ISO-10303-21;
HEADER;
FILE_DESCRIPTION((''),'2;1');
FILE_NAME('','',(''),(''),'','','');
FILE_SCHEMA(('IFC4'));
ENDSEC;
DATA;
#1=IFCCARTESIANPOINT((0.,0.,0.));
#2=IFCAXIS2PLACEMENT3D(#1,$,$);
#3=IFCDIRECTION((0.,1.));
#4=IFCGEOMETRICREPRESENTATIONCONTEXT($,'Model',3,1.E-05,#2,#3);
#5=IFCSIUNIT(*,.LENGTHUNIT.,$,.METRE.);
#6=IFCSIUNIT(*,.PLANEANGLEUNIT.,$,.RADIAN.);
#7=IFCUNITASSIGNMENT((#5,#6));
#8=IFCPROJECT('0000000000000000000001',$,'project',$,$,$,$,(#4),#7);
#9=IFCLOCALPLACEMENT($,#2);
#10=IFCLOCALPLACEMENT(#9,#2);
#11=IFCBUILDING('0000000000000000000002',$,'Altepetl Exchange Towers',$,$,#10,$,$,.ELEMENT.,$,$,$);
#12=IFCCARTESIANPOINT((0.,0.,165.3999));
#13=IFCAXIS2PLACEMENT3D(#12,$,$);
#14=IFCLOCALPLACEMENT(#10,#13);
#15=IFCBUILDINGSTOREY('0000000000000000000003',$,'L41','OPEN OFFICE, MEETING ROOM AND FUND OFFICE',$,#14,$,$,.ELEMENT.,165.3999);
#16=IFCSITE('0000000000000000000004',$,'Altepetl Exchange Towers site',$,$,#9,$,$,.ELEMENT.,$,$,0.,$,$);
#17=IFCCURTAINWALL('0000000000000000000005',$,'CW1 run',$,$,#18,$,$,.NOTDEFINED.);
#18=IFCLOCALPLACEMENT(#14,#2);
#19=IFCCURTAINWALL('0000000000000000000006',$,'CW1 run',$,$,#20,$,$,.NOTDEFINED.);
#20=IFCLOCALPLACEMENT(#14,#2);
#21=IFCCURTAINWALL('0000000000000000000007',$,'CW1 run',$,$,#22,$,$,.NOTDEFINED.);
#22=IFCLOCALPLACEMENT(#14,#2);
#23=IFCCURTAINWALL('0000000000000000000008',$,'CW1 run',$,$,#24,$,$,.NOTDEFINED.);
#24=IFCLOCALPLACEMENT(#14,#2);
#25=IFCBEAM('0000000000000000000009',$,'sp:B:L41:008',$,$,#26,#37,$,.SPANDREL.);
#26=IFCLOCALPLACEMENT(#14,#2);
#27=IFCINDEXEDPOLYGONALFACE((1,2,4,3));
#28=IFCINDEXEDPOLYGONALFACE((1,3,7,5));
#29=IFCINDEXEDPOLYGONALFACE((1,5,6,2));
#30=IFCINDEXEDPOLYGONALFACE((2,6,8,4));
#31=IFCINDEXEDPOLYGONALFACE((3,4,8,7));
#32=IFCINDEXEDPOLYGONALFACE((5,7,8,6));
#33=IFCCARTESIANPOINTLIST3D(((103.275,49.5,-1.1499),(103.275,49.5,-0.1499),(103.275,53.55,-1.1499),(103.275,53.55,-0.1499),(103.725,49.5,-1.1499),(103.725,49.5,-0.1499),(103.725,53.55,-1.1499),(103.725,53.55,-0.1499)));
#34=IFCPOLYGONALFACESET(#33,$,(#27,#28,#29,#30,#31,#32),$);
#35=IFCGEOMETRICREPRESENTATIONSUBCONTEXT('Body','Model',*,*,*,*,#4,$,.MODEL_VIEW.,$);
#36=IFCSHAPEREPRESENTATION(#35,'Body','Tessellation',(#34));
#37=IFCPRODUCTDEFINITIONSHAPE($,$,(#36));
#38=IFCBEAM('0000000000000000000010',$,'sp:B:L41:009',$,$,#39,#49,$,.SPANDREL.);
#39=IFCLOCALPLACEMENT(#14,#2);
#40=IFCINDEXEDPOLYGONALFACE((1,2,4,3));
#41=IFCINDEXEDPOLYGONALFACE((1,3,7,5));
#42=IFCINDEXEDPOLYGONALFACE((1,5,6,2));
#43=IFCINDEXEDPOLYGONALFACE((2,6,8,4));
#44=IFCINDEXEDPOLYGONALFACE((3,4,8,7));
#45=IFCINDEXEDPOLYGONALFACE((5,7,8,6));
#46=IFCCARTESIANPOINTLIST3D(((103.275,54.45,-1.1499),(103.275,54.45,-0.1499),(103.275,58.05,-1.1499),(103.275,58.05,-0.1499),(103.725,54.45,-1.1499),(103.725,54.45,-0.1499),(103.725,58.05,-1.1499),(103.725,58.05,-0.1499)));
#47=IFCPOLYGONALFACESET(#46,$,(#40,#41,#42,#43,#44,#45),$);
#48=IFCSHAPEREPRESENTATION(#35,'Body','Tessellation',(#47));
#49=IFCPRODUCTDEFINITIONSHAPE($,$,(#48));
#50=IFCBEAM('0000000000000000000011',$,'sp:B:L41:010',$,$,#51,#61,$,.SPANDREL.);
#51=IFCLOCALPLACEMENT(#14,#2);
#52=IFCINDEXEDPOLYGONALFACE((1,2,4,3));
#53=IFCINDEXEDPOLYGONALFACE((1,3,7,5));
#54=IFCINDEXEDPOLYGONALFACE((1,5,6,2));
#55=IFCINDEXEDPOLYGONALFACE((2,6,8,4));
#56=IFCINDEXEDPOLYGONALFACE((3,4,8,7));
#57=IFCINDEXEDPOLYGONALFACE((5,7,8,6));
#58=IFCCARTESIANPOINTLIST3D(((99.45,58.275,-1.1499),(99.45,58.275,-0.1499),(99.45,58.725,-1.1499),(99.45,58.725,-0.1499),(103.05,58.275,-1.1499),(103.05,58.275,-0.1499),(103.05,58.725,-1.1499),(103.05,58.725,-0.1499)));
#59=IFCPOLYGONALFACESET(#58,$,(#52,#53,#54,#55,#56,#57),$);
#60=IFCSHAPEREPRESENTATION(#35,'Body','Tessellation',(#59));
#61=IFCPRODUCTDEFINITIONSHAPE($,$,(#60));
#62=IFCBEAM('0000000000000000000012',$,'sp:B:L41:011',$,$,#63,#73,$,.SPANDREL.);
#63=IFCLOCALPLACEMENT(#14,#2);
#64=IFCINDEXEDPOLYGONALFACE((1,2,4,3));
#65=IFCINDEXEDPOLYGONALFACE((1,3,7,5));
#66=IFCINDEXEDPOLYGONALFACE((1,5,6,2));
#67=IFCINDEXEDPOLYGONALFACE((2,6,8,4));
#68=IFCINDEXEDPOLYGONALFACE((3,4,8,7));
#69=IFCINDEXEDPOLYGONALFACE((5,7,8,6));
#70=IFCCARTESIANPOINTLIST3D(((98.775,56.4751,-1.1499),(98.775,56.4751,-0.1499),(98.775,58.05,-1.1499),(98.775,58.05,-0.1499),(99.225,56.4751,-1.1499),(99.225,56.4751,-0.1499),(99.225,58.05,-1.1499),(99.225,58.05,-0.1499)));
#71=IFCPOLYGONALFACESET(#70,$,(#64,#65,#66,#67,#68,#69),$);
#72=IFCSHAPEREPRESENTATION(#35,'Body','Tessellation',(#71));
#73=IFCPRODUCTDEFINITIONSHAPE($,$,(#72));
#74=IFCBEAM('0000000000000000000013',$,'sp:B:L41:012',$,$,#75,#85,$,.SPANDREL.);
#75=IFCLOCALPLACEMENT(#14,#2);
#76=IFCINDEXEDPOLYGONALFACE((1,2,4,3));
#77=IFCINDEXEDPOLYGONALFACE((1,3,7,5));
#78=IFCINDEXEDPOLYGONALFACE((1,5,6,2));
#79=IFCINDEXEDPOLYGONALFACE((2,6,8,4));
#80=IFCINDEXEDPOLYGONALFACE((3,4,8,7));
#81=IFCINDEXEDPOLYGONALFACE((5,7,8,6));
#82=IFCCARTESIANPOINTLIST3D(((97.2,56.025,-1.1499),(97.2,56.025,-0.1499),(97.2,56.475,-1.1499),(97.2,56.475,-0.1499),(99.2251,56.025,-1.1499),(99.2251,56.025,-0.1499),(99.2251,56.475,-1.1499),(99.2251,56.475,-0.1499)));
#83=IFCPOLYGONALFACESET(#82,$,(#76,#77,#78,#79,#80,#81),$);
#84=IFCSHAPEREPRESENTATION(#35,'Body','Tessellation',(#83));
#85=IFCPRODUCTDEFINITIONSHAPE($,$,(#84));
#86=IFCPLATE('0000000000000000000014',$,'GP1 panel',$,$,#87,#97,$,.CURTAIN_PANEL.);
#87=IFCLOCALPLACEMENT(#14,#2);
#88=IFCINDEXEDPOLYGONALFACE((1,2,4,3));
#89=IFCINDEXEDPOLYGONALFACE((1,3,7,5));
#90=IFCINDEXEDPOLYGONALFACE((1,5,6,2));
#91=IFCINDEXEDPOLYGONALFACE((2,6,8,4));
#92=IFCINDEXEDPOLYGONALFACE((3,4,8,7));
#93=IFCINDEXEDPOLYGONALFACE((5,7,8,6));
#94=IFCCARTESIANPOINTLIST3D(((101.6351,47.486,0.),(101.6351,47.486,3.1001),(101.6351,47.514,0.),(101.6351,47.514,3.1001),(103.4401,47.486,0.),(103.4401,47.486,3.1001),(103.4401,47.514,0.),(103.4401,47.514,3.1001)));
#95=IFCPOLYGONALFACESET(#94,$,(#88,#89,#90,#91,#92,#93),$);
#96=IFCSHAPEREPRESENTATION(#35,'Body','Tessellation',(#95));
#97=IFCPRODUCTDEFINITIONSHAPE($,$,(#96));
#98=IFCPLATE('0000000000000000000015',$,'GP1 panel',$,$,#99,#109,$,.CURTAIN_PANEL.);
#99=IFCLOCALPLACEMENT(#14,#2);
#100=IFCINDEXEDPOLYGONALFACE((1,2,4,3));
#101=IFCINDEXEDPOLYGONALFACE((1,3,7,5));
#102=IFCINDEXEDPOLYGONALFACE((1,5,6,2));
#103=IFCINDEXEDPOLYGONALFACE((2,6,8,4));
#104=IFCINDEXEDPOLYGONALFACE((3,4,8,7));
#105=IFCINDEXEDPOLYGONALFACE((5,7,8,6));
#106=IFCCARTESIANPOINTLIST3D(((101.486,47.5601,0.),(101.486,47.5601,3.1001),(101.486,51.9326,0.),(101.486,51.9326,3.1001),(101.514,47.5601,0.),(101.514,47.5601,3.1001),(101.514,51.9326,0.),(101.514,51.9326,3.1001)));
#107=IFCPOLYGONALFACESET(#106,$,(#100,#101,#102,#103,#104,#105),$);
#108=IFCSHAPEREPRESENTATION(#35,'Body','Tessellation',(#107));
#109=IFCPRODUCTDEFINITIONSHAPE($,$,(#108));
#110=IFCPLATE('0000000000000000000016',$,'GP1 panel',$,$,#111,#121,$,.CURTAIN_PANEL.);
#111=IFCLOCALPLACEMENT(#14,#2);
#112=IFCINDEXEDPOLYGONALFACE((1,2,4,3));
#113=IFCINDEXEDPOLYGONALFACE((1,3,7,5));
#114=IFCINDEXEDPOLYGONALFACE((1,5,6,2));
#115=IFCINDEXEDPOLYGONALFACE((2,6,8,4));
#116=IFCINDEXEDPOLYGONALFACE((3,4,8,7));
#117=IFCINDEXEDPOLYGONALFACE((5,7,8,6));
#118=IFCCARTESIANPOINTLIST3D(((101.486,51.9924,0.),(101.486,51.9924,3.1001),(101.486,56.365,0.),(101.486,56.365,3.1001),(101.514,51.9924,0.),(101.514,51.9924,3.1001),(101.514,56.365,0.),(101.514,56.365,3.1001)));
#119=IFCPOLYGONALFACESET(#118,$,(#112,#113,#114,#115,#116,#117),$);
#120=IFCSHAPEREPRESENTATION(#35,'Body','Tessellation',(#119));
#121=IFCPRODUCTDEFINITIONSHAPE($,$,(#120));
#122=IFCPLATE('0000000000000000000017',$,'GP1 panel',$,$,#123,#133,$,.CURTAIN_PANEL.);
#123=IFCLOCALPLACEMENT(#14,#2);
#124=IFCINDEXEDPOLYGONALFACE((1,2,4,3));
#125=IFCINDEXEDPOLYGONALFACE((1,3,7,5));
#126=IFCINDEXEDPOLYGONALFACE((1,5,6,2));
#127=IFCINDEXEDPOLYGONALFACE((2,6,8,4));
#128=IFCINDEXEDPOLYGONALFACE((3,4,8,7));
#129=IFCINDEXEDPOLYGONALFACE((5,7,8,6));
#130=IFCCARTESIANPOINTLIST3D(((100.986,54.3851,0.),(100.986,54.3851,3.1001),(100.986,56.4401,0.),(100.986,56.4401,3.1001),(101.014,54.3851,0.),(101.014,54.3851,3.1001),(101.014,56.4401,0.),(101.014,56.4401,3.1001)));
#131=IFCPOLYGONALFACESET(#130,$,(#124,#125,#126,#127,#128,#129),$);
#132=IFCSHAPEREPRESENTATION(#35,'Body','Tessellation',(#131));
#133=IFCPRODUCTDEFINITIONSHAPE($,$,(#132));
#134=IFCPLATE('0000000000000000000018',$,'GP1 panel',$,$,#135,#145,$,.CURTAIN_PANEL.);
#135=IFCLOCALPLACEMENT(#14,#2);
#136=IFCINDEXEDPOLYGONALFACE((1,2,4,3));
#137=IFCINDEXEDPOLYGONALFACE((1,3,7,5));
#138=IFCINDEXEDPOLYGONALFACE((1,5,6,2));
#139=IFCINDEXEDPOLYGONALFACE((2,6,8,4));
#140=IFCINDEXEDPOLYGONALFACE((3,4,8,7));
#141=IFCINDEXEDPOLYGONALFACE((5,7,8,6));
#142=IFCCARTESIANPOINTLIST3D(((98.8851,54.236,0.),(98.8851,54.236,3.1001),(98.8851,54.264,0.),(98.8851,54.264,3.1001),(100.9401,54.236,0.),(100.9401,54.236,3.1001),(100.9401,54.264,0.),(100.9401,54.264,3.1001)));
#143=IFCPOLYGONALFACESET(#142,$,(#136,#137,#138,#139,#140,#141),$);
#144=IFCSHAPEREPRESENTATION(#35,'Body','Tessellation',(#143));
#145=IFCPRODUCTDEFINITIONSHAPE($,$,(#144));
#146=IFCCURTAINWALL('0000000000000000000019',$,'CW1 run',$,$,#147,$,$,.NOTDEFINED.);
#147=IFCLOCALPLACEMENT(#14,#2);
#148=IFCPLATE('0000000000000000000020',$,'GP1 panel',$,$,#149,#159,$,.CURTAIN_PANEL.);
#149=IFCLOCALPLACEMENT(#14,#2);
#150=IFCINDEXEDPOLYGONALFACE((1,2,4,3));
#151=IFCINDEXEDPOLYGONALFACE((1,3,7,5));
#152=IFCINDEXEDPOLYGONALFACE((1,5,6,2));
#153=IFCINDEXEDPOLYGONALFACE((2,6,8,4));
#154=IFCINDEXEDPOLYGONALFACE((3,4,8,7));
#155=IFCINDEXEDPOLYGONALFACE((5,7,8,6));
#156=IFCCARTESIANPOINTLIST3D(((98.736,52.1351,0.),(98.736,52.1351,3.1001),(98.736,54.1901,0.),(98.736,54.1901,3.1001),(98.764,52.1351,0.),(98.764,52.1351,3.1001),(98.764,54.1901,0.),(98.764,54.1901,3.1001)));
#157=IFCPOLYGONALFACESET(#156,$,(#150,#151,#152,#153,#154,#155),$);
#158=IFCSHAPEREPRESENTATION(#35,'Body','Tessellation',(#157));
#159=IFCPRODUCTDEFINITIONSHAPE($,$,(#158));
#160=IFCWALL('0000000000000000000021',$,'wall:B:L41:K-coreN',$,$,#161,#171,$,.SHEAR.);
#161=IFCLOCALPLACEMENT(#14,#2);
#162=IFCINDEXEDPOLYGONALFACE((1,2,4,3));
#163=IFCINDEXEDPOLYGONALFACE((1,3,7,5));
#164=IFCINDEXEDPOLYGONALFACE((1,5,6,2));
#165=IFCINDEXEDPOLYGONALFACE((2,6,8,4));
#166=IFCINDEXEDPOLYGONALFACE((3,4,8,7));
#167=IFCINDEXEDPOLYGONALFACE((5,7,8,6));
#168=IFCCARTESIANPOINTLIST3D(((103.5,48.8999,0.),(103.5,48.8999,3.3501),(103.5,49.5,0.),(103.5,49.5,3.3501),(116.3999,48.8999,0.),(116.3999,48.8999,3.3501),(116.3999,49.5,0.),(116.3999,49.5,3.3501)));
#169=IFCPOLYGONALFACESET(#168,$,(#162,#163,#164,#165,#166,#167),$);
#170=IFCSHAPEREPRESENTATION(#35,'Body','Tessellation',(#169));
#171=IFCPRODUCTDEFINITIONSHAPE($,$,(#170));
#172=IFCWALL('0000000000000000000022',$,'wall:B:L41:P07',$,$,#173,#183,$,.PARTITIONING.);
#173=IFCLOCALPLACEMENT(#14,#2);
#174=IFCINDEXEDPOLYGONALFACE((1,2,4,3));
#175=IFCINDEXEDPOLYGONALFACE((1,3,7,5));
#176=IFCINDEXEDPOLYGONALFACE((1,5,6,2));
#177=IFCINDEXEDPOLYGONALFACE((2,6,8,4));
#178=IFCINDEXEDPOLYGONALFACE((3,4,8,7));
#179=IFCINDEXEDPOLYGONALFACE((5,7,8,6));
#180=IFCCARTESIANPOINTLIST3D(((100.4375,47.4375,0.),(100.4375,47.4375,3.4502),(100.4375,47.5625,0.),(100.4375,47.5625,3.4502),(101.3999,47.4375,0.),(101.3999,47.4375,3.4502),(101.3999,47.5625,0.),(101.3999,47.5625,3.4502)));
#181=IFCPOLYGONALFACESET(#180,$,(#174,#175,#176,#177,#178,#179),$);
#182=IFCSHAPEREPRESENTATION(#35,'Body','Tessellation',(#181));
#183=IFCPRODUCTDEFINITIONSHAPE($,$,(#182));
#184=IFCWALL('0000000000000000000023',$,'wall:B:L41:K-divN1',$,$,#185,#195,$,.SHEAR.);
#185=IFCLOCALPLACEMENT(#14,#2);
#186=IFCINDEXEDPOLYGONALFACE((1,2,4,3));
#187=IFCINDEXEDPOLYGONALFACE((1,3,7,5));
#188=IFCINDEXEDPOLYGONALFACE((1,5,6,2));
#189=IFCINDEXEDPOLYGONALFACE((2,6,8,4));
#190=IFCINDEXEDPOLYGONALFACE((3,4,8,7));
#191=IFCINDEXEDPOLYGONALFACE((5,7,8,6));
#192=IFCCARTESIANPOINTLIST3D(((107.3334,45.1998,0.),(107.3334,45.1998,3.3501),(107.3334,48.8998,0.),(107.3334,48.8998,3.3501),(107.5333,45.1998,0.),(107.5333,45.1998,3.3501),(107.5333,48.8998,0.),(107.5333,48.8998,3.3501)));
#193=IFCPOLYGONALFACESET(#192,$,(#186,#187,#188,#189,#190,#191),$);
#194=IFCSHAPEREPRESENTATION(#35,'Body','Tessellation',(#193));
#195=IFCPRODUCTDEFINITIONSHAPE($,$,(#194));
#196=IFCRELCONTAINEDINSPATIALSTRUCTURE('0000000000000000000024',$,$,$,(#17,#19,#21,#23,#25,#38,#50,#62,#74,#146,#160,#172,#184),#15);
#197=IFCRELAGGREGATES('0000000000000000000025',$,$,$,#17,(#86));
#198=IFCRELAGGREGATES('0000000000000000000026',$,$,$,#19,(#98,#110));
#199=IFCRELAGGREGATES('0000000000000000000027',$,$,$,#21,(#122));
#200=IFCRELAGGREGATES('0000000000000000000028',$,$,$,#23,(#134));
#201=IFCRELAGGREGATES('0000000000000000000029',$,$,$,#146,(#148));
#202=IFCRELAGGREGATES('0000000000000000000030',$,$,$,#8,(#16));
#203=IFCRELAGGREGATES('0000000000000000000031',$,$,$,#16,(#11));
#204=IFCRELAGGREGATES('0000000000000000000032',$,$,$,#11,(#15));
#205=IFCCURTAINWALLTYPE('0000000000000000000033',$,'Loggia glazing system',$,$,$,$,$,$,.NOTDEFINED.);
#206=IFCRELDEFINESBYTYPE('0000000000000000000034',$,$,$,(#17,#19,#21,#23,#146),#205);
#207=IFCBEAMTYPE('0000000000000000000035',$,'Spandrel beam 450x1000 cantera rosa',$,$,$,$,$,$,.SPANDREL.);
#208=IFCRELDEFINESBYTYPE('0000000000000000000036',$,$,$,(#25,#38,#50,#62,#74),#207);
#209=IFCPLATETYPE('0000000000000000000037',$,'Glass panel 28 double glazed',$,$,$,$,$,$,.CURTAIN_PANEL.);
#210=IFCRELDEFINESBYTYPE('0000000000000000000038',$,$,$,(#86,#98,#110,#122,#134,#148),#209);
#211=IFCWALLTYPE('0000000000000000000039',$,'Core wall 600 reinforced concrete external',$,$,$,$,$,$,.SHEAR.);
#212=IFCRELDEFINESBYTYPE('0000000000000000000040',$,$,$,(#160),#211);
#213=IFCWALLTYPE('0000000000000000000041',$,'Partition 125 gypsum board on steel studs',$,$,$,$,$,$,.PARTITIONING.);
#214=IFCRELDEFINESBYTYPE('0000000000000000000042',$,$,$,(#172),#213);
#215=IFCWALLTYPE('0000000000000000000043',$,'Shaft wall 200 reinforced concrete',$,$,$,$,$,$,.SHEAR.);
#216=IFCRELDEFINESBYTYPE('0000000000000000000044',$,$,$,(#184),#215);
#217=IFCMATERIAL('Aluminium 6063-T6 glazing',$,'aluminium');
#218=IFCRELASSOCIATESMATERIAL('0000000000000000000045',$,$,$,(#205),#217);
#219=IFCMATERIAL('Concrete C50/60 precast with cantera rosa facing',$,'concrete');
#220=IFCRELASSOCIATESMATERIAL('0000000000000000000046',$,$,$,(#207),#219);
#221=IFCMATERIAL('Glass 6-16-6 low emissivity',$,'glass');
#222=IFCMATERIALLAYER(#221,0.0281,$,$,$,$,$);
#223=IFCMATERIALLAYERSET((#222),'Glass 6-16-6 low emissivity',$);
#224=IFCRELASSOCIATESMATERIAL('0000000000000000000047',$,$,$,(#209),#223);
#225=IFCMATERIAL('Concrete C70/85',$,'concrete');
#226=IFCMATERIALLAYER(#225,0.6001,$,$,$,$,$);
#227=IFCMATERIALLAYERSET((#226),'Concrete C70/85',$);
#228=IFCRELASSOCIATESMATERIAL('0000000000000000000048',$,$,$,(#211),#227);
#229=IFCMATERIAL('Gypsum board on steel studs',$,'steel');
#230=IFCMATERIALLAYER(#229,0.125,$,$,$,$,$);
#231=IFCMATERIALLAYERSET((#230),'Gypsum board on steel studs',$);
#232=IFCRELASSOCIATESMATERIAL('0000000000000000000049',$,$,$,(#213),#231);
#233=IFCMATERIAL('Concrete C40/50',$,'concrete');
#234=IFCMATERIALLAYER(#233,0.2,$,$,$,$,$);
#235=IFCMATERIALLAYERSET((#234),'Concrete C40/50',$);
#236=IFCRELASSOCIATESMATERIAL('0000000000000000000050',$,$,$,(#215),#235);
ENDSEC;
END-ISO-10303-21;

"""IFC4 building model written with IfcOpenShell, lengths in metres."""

from ifc_helpers import new_model, si_unit, direction, frame, frame_2d, origin, origin_2d, place, context, subcontext, project, spatial, rectangle, extrude, material, layer, layer_set, material_profile, profile_set, type_object, element, aggregate, save


model = new_model("IFC4")

# Units and contexts
model_context = context("Model", 3, precision=1e-05, world=origin(), true_north=direction((0.0, 1.0)))
body_context = subcontext(model_context, "Body", "Model", "MODEL_VIEW")
ifc_project = project(units=[si_unit("LENGTHUNIT", "METRE"), si_unit("PLANEANGLEUNIT", "RADIAN")], contexts=[model_context])

# Site, building, storey
site_placement = place(None, origin())
site = spatial("IfcSite", under=ifc_project, at=site_placement, Name="Altepetl Exchange Towers site", CompositionType="ELEMENT", RefElevation=0.0)
building_placement = place(site_placement, origin())
building = spatial("IfcBuilding", under=site, at=building_placement, Name="Altepetl Exchange Towers", CompositionType="ELEMENT")
storey_placement = place(building_placement, frame((0.0, 0.0, 165.3999)))
storey = spatial("IfcBuildingStorey", under=building, at=storey_placement, Name="L41", Description="OPEN OFFICE, MEETING ROOM AND FUND OFFICE", CompositionType="ELEMENT", Elevation=165.3999)

# Curtain walls
ifc_material_1 = material(Name="Aluminium 6063-T6 glazing", Category="aluminium")
curtain_wall_type = type_object("IfcCurtainWallType", Name="Loggia glazing system", PredefinedType="NOTDEFINED", material=ifc_material_1)
curtain_wall_1_placement = place(storey_placement, origin())
curtain_wall_1 = element("IfcCurtainWall", 1, at=curtain_wall_1_placement, inside=storey, type_object=curtain_wall_type, Name="CW1 run", PredefinedType="NOTDEFINED")
curtain_wall_2_placement = place(storey_placement, origin())
curtain_wall_2 = element("IfcCurtainWall", 2, at=curtain_wall_2_placement, inside=storey, type_object=curtain_wall_type, Name="CW1 run", PredefinedType="NOTDEFINED")
curtain_wall_3_placement = place(storey_placement, origin())
curtain_wall_3 = element("IfcCurtainWall", 3, at=curtain_wall_3_placement, inside=storey, type_object=curtain_wall_type, Name="CW1 run", PredefinedType="NOTDEFINED")
curtain_wall_4_placement = place(storey_placement, origin())
curtain_wall_4 = element("IfcCurtainWall", 4, at=curtain_wall_4_placement, inside=storey, type_object=curtain_wall_type, Name="CW1 run", PredefinedType="NOTDEFINED")

# Beams
ifc_material_2 = material(Name="Concrete C50/60 precast with cantera rosa facing", Category="concrete")
ifc_material_profile_1 = material_profile(ifc_material_2, rectangle(XDim=0.45, YDim=1.0, at=origin_2d()), Name="450 x 1000")
ifc_profile_set_1 = profile_set([ifc_material_profile_1], Name="Concrete C50/60 precast with cantera rosa facing")
beam_type = type_object("IfcBeamType", Name="Spandrel beam 450x1000 cantera rosa", PredefinedType="SPANDREL", material=ifc_profile_set_1)
beam_1_placement = place(storey_placement, frame((103.5, 49.5, -0.6499), z_axis=(0.0, 1.0, 0.0), x_axis=(-1.0, 0.0, 0.0)))
element("IfcBeam", 5, at=beam_1_placement, inside=storey, type_object=beam_type, Name="sp:B:L41:008", PredefinedType="SPANDREL", context=body_context, shape_type="SweptSolid", body=[
    extrude(rectangle(XDim=0.45, YDim=1.0, at=origin_2d()), origin(), (0.0, 0.0, 1.0), 4.05),
])
for number, where, z_axis, x_axis, name in (
    (6, (103.5, 54.45, -0.6499), (0.0, 1.0, 0.0), (-1.0, 0.0, 0.0), "sp:B:L41:009"),
    (7, (103.05, 58.5, -0.6499), (-1.0, 0.0, 0.0), (0.0, -1.0, 0.0), "sp:B:L41:010"),
):
    element("IfcBeam", number, at=place(storey_placement, frame(where, z_axis=z_axis, x_axis=x_axis)), inside=storey, type_object=beam_type, Name=name, PredefinedType="SPANDREL", context=body_context, shape_type="SweptSolid", body=[
        extrude(rectangle(XDim=0.45, YDim=1.0, at=origin_2d()), origin(), (0.0, 0.0, 1.0), 3.6001),
    ])
beam_2_placement = place(storey_placement, frame((99.0, 58.05, -0.6499), z_axis=(0.0, -1.0, 0.0), x_axis=(1.0, 0.0, 0.0)))
element("IfcBeam", 8, at=beam_2_placement, inside=storey, type_object=beam_type, Name="sp:B:L41:011", PredefinedType="SPANDREL", context=body_context, shape_type="SweptSolid", body=[
    extrude(rectangle(XDim=0.45, YDim=1.0, at=origin_2d()), origin(), (0.0, 0.0, 1.0), 1.575),
])
beam_3_placement = place(storey_placement, frame((99.2251, 56.25, -0.6499), z_axis=(-1.0, 0.0, 0.0), x_axis=(0.0, -1.0, 0.0)))
element("IfcBeam", 9, at=beam_3_placement, inside=storey, type_object=beam_type, Name="sp:B:L41:012", PredefinedType="SPANDREL", context=body_context, shape_type="SweptSolid", body=[
    extrude(rectangle(XDim=0.45, YDim=1.0, at=origin_2d()), origin(), (0.0, 0.0, 1.0), 2.0251),
])

# Plates
ifc_material_3 = material(Name="Glass 6-16-6 low emissivity", Category="glass")
ifc_layer_1 = layer(ifc_material_3, 0.0281)
ifc_layer_set_1 = layer_set([ifc_layer_1], Name="Glass 6-16-6 low emissivity")
plate_type = type_object("IfcPlateType", Name="Glass panel 28 double glazed", PredefinedType="CURTAIN_PANEL", material=ifc_layer_set_1)
plate_1_placement = place(storey_placement, frame((102.5376, 47.5, 0.0), z_axis=(0.0, 0.0, 1.0), x_axis=(-1.0, 0.0, 0.0)))
plate_1 = element("IfcPlate", 10, at=plate_1_placement, type_object=plate_type, Name="GP1 panel", PredefinedType="CURTAIN_PANEL", context=body_context, shape_type="SweptSolid", body=[
    extrude(rectangle(XDim=1.8049, YDim=0.0281, at=origin_2d()), origin(), (0.0, 0.0, 1.0), 3.1001),
])
aggregate(curtain_wall_1, [plate_1])
plate_2_placement = place(storey_placement, frame((101.5, 49.7463, 0.0), z_axis=(0.0, 0.0, 1.0), x_axis=(0.0, 1.0, 0.0)))
plate_2 = element("IfcPlate", 11, at=plate_2_placement, type_object=plate_type, Name="GP1 panel", PredefinedType="CURTAIN_PANEL", context=body_context, shape_type="SweptSolid", body=[
    extrude(rectangle(XDim=4.3726, YDim=0.0281, at=origin_2d()), origin(), (0.0, 0.0, 1.0), 3.1001),
])
plate_3_placement = place(storey_placement, frame((101.5, 54.1787, 0.0), z_axis=(0.0, 0.0, 1.0), x_axis=(0.0, 1.0, 0.0)))
plate_3 = element("IfcPlate", 12, at=plate_3_placement, type_object=plate_type, Name="GP1 panel", PredefinedType="CURTAIN_PANEL", context=body_context, shape_type="SweptSolid", body=[
    extrude(rectangle(XDim=4.3726, YDim=0.0281, at=origin_2d()), origin(), (0.0, 0.0, 1.0), 3.1001),
])
aggregate(curtain_wall_2, [plate_2, plate_3])
plate_4_placement = place(storey_placement, frame((101.0, 55.4126, 0.0), z_axis=(0.0, 0.0, 1.0), x_axis=(0.0, -1.0, 0.0)))
plate_4 = element("IfcPlate", 13, at=plate_4_placement, type_object=plate_type, Name="GP1 panel", PredefinedType="CURTAIN_PANEL", context=body_context, shape_type="SweptSolid", body=[
    extrude(rectangle(XDim=2.0549, YDim=0.0281, at=origin_2d()), origin(), (0.0, 0.0, 1.0), 3.1001),
])
aggregate(curtain_wall_3, [plate_4])
plate_5_placement = place(storey_placement, frame((99.9126, 54.25, 0.0), z_axis=(0.0, 0.0, 1.0), x_axis=(-1.0, 0.0, 0.0)))
plate_5 = element("IfcPlate", 14, at=plate_5_placement, type_object=plate_type, Name="GP1 panel", PredefinedType="CURTAIN_PANEL", context=body_context, shape_type="SweptSolid", body=[
    extrude(rectangle(XDim=2.0549, YDim=0.0281, at=origin_2d()), origin(), (0.0, 0.0, 1.0), 3.1001),
])
aggregate(curtain_wall_4, [plate_5])

# Curtain wall, plate
curtain_wall_5_placement = place(storey_placement, origin())
curtain_wall_5 = element("IfcCurtainWall", 15, at=curtain_wall_5_placement, inside=storey, type_object=curtain_wall_type, Name="CW1 run", PredefinedType="NOTDEFINED")
plate_6_placement = place(storey_placement, frame((98.75, 53.1626, 0.0), z_axis=(0.0, 0.0, 1.0), x_axis=(0.0, -1.0, 0.0)))
plate_6 = element("IfcPlate", 16, at=plate_6_placement, type_object=plate_type, Name="GP1 panel", PredefinedType="CURTAIN_PANEL", context=body_context, shape_type="SweptSolid", body=[
    extrude(rectangle(XDim=2.0549, YDim=0.0281, at=origin_2d()), origin(), (0.0, 0.0, 1.0), 3.1001),
])
aggregate(curtain_wall_5, [plate_6])

# Walls
ifc_material_4 = material(Name="Concrete C70/85", Category="concrete")
ifc_layer_2 = layer(ifc_material_4, 0.6001)
ifc_layer_set_2 = layer_set([ifc_layer_2], Name="Concrete C70/85")
wall_type_1 = type_object("IfcWallType", Name="Core wall 600 reinforced concrete external", PredefinedType="SHEAR", material=ifc_layer_set_2)
wall_1_placement = place(storey_placement, frame((103.5, 49.2, 0.0)))
element("IfcWall", 17, at=wall_1_placement, inside=storey, type_object=wall_type_1, Name="wall:B:L41:K-coreN", PredefinedType="SHEAR", context=body_context, shape_type="SweptSolid", body=[
    extrude(rectangle(XDim=12.8999, YDim=0.6001, at=frame_2d((6.45, 0.0))), origin(), (0.0, 0.0, 1.0), 3.3501),
])
ifc_material_5 = material(Name="Gypsum board on steel studs", Category="steel")
ifc_layer_3 = layer(ifc_material_5, 0.125)
ifc_layer_set_3 = layer_set([ifc_layer_3], Name="Gypsum board on steel studs")
wall_type_2 = type_object("IfcWallType", Name="Partition 125 gypsum board on steel studs", PredefinedType="PARTITIONING", material=ifc_layer_set_3)
wall_2_placement = place(storey_placement, frame((100.4375, 47.5, 0.0)))
element("IfcWall", 18, at=wall_2_placement, inside=storey, type_object=wall_type_2, Name="wall:B:L41:P07", PredefinedType="PARTITIONING", context=body_context, shape_type="SweptSolid", body=[
    extrude(rectangle(XDim=0.9624, YDim=0.125, at=frame_2d((0.4812, 0.0))), origin(), (0.0, 0.0, 1.0), 3.4502),
])
ifc_material_6 = material(Name="Concrete C40/50", Category="concrete")
ifc_layer_4 = layer(ifc_material_6, 0.2)
ifc_layer_set_4 = layer_set([ifc_layer_4], Name="Concrete C40/50")
wall_type_3 = type_object("IfcWallType", Name="Shaft wall 200 reinforced concrete", PredefinedType="SHEAR", material=ifc_layer_set_4)
wall_3_placement = place(storey_placement, frame((107.4333, 48.8999, 0.0), z_axis=(0.0, 0.0, 1.0), x_axis=(0.0, -1.0, 0.0)))
element("IfcWall", 19, at=wall_3_placement, inside=storey, type_object=wall_type_3, Name="wall:B:L41:K-divN1", PredefinedType="SHEAR", context=body_context, shape_type="SweptSolid", body=[
    extrude(rectangle(XDim=3.7, YDim=0.2, at=frame_2d((1.8501, 0.0))), origin(), (0.0, 0.0, 1.0), 3.3501),
])

save(model, "model.ifc")
